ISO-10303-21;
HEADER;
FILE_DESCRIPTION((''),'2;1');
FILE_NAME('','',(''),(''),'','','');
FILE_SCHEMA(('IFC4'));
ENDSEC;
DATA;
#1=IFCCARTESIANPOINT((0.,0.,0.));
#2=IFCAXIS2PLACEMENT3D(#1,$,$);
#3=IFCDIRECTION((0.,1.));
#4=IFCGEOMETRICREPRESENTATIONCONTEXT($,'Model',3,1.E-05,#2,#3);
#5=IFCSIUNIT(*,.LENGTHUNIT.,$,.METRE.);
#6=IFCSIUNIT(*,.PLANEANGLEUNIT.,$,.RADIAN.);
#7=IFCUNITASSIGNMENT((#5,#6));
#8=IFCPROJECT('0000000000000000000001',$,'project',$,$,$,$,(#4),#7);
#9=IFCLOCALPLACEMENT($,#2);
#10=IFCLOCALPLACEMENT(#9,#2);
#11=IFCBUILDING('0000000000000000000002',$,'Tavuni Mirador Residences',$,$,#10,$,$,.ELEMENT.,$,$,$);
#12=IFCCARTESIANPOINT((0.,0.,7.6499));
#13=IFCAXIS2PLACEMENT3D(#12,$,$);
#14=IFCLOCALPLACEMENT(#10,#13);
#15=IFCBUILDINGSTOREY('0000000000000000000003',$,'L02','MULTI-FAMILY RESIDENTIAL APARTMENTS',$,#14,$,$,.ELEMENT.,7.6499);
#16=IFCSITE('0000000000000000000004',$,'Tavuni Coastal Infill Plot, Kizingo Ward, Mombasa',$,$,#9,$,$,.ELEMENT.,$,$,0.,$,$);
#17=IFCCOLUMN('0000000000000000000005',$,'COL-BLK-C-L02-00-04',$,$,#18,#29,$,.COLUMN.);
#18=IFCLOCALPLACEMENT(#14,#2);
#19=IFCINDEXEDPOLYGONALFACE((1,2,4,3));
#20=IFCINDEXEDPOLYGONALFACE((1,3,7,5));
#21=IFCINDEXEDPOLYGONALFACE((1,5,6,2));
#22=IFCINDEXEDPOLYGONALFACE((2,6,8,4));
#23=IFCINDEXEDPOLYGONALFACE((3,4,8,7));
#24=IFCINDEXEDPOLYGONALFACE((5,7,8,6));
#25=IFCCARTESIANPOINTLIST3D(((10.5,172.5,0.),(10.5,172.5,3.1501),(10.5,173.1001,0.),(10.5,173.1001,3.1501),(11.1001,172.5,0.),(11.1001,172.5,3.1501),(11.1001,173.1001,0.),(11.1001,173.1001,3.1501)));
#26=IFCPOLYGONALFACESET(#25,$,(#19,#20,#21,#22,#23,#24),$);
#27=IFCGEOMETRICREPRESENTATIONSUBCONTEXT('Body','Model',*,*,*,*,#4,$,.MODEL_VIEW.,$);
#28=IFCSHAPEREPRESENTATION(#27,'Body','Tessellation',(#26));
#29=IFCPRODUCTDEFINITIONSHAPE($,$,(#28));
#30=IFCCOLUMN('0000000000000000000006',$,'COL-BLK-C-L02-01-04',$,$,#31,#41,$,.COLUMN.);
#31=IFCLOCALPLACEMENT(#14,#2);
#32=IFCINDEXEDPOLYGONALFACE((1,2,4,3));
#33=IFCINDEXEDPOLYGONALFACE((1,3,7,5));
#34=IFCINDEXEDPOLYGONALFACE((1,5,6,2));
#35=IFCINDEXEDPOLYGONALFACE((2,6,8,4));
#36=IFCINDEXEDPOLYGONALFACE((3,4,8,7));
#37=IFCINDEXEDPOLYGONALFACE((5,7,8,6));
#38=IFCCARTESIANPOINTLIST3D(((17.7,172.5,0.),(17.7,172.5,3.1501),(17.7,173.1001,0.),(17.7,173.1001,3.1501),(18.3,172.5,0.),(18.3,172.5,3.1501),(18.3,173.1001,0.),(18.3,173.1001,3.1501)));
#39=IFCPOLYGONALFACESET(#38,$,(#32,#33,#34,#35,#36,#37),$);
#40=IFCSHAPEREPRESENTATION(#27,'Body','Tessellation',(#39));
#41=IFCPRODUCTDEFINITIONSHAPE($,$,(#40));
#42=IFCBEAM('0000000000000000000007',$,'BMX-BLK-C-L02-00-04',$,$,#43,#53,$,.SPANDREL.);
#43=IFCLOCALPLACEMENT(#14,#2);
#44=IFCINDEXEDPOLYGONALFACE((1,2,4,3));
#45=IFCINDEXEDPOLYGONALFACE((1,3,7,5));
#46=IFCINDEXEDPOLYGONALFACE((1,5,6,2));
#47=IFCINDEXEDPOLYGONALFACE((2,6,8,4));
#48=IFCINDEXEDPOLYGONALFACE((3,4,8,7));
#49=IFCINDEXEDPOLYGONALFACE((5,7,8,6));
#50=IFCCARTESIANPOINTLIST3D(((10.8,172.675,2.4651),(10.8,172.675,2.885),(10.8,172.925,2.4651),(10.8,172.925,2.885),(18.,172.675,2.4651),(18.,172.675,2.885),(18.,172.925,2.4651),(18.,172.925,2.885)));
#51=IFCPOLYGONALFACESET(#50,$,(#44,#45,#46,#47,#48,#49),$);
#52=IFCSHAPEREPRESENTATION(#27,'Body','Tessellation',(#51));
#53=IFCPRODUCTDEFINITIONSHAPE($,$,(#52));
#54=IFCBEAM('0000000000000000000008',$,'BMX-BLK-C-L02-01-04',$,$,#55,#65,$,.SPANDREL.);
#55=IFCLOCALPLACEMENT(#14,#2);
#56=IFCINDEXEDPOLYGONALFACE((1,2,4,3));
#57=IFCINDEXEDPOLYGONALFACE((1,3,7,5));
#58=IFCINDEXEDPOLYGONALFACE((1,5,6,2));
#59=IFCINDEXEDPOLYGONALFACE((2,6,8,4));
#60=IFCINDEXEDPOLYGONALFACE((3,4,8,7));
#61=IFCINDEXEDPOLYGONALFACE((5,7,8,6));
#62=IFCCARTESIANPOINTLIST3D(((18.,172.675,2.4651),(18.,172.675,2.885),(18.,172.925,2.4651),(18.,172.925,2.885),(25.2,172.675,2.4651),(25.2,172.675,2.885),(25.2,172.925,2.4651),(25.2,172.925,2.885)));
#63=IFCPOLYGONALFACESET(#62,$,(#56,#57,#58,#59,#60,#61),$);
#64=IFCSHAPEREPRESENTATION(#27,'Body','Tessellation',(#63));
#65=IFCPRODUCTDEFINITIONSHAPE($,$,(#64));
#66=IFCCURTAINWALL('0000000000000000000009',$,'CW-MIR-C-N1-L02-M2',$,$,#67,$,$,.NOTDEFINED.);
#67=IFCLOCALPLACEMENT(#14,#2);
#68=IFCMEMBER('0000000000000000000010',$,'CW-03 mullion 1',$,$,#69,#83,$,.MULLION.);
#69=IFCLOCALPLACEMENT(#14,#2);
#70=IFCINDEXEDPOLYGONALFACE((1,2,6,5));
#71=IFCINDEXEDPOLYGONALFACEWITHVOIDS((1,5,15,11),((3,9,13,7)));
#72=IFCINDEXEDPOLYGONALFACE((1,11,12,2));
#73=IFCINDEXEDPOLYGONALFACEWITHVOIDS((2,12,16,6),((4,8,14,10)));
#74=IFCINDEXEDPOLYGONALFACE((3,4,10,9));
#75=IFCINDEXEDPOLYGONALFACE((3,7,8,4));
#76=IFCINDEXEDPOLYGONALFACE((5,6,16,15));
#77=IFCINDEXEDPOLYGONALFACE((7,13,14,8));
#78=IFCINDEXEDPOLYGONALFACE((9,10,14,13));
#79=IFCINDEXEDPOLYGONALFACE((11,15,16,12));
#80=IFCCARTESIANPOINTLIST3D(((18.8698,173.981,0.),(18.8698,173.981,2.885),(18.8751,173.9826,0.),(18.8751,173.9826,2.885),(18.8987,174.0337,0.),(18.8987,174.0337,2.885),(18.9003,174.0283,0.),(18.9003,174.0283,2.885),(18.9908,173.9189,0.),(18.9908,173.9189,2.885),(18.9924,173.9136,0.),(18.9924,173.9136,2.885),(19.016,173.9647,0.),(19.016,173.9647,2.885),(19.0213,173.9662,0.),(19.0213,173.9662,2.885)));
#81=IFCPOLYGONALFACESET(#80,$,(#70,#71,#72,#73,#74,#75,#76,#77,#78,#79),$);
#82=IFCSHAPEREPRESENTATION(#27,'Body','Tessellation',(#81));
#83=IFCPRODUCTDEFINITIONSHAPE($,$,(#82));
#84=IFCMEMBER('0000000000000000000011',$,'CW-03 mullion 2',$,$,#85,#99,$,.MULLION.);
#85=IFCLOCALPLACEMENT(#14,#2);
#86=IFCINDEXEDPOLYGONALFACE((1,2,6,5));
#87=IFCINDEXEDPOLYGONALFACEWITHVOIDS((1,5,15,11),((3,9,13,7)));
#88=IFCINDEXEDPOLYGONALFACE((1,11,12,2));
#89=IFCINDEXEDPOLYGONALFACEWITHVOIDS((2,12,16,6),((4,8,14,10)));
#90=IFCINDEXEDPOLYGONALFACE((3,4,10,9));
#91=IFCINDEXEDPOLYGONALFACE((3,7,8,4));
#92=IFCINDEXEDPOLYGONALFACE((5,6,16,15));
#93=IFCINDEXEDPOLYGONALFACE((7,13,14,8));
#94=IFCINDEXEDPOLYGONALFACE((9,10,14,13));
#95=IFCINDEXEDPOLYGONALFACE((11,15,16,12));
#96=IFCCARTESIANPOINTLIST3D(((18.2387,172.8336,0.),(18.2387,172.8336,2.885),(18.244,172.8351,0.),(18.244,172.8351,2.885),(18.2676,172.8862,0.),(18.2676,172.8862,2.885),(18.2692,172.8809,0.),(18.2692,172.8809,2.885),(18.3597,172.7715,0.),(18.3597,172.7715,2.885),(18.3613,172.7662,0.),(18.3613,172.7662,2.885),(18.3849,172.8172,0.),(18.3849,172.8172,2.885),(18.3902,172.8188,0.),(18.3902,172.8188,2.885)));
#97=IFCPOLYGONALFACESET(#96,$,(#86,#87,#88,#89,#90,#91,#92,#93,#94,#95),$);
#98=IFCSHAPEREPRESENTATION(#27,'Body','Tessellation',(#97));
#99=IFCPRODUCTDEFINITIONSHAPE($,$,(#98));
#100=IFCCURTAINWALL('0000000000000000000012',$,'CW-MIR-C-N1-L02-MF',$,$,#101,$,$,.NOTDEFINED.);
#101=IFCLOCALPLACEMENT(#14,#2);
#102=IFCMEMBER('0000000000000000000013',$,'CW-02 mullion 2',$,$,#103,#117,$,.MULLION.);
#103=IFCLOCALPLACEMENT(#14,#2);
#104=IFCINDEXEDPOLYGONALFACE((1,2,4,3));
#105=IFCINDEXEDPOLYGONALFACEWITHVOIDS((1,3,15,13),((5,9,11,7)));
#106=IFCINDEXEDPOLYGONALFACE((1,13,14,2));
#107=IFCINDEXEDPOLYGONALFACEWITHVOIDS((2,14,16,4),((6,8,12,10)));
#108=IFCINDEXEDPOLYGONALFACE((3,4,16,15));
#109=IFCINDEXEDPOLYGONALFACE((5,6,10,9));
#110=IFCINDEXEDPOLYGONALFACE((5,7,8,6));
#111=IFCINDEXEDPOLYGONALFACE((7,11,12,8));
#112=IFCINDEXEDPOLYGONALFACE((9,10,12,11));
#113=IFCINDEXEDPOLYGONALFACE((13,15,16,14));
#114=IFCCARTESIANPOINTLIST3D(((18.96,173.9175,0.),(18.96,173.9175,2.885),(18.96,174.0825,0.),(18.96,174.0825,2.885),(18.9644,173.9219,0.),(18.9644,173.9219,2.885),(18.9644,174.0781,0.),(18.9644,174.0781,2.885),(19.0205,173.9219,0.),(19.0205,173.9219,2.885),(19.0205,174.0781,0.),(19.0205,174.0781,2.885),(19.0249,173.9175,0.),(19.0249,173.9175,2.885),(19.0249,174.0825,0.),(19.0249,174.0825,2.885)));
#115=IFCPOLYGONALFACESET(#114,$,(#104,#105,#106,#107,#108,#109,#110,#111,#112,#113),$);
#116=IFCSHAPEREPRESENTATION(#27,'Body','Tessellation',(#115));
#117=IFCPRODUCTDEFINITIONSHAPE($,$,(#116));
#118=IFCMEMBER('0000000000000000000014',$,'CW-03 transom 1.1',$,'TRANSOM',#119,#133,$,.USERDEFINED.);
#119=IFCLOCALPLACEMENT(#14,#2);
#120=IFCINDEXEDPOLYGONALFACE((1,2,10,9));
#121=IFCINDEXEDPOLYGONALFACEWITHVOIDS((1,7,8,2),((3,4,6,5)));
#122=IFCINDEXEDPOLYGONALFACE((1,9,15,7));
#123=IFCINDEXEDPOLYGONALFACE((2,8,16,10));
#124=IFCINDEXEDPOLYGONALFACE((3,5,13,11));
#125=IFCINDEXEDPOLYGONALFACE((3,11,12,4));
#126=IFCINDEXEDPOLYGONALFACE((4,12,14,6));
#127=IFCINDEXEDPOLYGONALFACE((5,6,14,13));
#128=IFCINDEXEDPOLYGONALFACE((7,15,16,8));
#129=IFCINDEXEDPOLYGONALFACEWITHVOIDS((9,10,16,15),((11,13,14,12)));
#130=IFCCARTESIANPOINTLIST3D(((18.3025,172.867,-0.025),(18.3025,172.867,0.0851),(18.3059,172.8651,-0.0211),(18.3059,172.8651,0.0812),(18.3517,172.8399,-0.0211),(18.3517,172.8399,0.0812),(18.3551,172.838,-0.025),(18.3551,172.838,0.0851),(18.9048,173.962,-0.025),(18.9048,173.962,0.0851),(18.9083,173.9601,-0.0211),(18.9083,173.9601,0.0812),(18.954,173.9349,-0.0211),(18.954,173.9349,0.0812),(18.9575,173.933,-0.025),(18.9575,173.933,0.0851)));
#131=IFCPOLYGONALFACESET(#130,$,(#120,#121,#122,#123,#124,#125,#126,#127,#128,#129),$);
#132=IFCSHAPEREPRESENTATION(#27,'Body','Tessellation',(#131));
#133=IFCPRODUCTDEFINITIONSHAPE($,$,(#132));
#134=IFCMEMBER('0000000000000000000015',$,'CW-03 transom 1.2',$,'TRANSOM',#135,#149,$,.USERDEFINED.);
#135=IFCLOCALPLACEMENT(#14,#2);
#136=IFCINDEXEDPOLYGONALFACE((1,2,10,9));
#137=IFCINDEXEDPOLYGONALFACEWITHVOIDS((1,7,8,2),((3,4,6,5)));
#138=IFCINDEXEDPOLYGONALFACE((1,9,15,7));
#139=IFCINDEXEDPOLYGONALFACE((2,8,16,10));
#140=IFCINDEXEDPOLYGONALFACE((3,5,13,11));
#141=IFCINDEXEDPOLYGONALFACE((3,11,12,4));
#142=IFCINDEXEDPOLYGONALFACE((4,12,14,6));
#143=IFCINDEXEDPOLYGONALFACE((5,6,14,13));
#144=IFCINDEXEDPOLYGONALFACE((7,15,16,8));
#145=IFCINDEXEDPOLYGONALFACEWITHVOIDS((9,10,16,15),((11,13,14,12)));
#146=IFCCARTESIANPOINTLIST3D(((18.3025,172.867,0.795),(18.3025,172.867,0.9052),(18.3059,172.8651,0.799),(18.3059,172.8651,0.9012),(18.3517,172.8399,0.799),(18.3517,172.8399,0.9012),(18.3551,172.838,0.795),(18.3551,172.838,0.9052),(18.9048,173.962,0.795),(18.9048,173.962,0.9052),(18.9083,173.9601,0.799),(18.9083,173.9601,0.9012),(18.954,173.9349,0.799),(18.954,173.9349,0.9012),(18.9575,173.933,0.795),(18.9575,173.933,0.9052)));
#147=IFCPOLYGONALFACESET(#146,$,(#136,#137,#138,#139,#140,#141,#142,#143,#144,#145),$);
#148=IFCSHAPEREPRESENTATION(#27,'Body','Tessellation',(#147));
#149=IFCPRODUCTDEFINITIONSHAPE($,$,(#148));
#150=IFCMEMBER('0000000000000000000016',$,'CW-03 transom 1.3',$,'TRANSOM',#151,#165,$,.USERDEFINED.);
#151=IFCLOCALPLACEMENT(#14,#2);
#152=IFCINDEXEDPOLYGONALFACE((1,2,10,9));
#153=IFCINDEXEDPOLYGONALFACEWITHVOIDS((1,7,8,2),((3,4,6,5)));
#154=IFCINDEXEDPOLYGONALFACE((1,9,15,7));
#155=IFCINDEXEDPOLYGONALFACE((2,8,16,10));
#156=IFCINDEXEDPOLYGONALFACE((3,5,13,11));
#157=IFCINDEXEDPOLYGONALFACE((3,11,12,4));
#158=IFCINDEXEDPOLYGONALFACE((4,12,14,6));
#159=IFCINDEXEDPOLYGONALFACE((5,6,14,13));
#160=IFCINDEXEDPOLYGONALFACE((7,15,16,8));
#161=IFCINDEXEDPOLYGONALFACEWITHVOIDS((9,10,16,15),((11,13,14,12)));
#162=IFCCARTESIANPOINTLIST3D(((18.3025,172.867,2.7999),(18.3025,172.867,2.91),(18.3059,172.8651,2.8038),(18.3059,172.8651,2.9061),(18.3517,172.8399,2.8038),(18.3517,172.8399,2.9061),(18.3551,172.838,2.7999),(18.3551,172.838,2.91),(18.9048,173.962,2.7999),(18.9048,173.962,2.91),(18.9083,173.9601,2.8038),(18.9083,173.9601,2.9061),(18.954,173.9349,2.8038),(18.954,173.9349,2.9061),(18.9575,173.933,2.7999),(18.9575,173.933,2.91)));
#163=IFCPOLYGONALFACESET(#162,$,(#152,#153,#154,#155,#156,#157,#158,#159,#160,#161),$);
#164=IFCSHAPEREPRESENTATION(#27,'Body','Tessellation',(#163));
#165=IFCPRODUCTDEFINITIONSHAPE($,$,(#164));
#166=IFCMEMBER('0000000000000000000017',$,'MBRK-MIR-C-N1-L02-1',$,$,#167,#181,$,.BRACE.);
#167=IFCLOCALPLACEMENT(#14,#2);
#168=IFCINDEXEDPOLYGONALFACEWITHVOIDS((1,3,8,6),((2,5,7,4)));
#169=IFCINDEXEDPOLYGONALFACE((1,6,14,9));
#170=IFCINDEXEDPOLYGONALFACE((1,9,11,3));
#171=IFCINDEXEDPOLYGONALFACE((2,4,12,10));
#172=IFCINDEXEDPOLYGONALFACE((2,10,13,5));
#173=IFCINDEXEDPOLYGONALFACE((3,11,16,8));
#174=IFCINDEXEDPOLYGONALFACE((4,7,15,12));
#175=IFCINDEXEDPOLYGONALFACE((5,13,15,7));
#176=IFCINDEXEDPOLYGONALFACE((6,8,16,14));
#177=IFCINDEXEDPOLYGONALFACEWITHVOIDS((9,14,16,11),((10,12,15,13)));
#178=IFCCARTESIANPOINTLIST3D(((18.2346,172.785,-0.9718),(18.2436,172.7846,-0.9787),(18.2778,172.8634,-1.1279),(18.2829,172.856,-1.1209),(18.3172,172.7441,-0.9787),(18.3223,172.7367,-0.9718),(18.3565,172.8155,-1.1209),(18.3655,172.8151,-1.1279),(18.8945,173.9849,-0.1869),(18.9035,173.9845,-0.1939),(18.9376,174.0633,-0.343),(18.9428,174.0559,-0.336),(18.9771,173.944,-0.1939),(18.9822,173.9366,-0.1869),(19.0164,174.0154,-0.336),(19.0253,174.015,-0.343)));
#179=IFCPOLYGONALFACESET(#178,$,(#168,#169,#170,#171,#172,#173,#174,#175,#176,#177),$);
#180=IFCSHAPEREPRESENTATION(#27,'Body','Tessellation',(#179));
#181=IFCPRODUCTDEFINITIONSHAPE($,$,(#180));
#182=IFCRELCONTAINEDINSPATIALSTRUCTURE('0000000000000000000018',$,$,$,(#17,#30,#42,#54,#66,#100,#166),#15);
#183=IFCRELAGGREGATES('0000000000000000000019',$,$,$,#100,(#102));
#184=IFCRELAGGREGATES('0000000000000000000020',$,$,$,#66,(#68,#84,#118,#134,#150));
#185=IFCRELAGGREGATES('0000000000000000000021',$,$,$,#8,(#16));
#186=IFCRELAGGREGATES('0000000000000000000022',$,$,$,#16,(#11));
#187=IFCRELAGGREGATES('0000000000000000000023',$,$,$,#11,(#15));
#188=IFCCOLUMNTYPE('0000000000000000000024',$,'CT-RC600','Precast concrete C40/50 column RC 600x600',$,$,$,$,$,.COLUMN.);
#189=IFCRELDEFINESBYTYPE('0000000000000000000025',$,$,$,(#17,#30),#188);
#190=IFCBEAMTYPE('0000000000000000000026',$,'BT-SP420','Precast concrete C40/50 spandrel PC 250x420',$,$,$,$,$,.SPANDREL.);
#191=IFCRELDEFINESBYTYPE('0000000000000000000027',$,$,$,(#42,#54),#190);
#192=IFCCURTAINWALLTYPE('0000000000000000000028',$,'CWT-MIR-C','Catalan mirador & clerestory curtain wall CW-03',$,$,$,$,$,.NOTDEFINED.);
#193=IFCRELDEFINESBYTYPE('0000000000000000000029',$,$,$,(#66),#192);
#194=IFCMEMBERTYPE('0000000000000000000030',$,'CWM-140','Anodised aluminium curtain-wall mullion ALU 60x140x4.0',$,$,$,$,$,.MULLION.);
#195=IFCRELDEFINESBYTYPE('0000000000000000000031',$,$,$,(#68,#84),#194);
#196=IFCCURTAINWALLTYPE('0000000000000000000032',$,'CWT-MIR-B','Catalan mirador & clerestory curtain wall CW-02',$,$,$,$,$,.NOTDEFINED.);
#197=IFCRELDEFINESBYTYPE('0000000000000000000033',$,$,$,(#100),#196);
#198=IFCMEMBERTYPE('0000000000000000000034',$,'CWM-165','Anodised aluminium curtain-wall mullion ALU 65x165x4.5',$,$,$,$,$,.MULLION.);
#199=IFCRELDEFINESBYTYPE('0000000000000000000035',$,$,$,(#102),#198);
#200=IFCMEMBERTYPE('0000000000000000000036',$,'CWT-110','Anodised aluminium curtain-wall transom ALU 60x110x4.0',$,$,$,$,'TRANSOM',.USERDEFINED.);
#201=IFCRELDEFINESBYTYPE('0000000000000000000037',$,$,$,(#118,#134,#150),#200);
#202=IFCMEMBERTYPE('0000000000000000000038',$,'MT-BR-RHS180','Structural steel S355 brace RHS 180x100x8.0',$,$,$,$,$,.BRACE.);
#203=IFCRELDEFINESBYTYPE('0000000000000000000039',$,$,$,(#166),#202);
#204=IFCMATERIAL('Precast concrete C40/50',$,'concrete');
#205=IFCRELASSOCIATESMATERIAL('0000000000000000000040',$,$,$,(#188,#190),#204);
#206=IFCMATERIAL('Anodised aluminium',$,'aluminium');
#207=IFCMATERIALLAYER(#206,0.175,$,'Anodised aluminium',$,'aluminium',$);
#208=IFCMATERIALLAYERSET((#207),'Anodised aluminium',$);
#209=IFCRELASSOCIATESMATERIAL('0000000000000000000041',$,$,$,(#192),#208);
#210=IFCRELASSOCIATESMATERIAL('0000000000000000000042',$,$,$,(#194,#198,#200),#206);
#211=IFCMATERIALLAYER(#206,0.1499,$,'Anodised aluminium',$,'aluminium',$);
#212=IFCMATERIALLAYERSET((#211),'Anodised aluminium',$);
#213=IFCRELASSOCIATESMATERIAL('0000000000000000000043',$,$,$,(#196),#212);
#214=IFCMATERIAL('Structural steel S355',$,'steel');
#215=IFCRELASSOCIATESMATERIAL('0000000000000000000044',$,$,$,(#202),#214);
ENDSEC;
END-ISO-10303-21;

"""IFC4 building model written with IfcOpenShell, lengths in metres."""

from ifc_helpers import new_model, si_unit, direction, frame, origin, origin_2d, place, context, subcontext, project, spatial, rectangle, hollow_rectangle, extrude, material, layer, layer_set, material_profile, profile_set, type_object, element, aggregate, save


model = new_model("IFC4")

# Units and contexts
model_context = context("Model", 3, precision=1e-05, world=origin(), true_north=direction((0.0, 1.0)))
body_context = subcontext(model_context, "Body", "Model", "MODEL_VIEW")
ifc_project = project(units=[si_unit("LENGTHUNIT", "METRE"), si_unit("PLANEANGLEUNIT", "RADIAN")], contexts=[model_context])

# Site, building, storey
site_placement = place(None, origin())
site = spatial("IfcSite", under=ifc_project, at=site_placement, Name="Tavuni Coastal Infill Plot, Kizingo Ward, Mombasa", CompositionType="ELEMENT", RefElevation=0.0)
building_placement = place(site_placement, origin())
building = spatial("IfcBuilding", under=site, at=building_placement, Name="Tavuni Mirador Residences", CompositionType="ELEMENT")
storey_placement = place(building_placement, frame((0.0, 0.0, 7.6499)))
storey = spatial("IfcBuildingStorey", under=building, at=storey_placement, Name="L02", Description="MULTI-FAMILY RESIDENTIAL APARTMENTS", CompositionType="ELEMENT", Elevation=7.6499)

# Columns
ifc_material_1 = material(Name="Precast concrete C40/50", Category="concrete")
ifc_material_profile_1 = material_profile(ifc_material_1, rectangle(XDim=0.6001, YDim=0.6001, at=origin_2d()), Name="RC 600x600", Category="concrete")
ifc_profile_set_1 = profile_set([ifc_material_profile_1], Name="Precast concrete C40/50")
column_type = type_object("IfcColumnType", Name="CT-RC600", Description="Precast concrete C40/50 column RC 600x600", PredefinedType="COLUMN", material=ifc_profile_set_1)
for number, where, z_axis, x_axis, name in (
    (1, (10.8, 172.8, 0.0), (0.0, 0.0, 1.0), (1.0, 0.0, 0.0), "COL-BLK-C-L02-00-04"),
    (2, (18.0, 172.8, 0.0), (0.0, 0.0, 1.0), (1.0, 0.0, 0.0), "COL-BLK-C-L02-01-04"),
):
    element("IfcColumn", number, at=place(storey_placement, frame(where, z_axis=z_axis, x_axis=x_axis)), inside=storey, type_object=column_type, Name=name, PredefinedType="COLUMN", context=body_context, shape_type="SweptSolid", body=[
        extrude(rectangle(XDim=0.6001, YDim=0.6001, at=origin_2d()), origin(), (0.0, 0.0, 1.0), 3.1501),
    ])

# Beams
ifc_material_profile_2 = material_profile(ifc_material_1, rectangle(XDim=0.25, YDim=0.4199, at=origin_2d()), Name="PC 250x420", Category="concrete")
ifc_profile_set_2 = profile_set([ifc_material_profile_2], Name="Precast concrete C40/50")
beam_type = type_object("IfcBeamType", Name="BT-SP420", Description="Precast concrete C40/50 spandrel PC 250x420", PredefinedType="SPANDREL", material=ifc_profile_set_2)
for number, where, z_axis, x_axis, name in (
    (3, (10.8, 172.8, 2.675), (1.0, 0.0, 0.0), (0.0, 1.0, 0.0), "BMX-BLK-C-L02-00-04"),
    (4, (18.0, 172.8, 2.675), (1.0, 0.0, 0.0), (0.0, 1.0, 0.0), "BMX-BLK-C-L02-01-04"),
):
    element("IfcBeam", number, at=place(storey_placement, frame(where, z_axis=z_axis, x_axis=x_axis)), inside=storey, type_object=beam_type, Name=name, PredefinedType="SPANDREL", context=body_context, shape_type="SweptSolid", body=[
        extrude(rectangle(XDim=0.25, YDim=0.4199, at=origin_2d()), origin(), (0.0, 0.0, 1.0), 7.2),
    ])

# Curtain wall, members
ifc_material_2 = material(Name="Anodised aluminium", Category="aluminium")
ifc_layer_1 = layer(ifc_material_2, 0.175, Name="Anodised aluminium", Category="aluminium")
ifc_layer_set_1 = layer_set([ifc_layer_1], Name="Anodised aluminium")
curtain_wall_type_1 = type_object("IfcCurtainWallType", Name="CWT-MIR-C", Description="Catalan mirador & clerestory curtain wall CW-03", PredefinedType="NOTDEFINED", material=ifc_layer_set_1)
curtain_wall_1_placement = place(storey_placement, origin())
curtain_wall_1 = element("IfcCurtainWall", 5, at=curtain_wall_1_placement, inside=storey, type_object=curtain_wall_type_1, Name="CW-MIR-C-N1-L02-M2", PredefinedType="NOTDEFINED")
ifc_material_profile_3 = material_profile(ifc_material_2, hollow_rectangle(XDim=0.0601, YDim=0.1399, WallThickness=0.0039, at=origin_2d()), Name="ALU 60x140x4.0", Category="aluminium")
ifc_profile_set_3 = profile_set([ifc_material_profile_3], Name="Anodised aluminium")
member_type_1 = type_object("IfcMemberType", Name="CWM-140", Description="Anodised aluminium curtain-wall mullion ALU 60x140x4.0", PredefinedType="MULLION", material=ifc_profile_set_3)
member_1_placement = place(storey_placement, frame((18.9456, 173.9736, 0.0), z_axis=(0.0, 0.0, 1.0), x_axis=(-0.481919, -0.876216, 0.0)))
member_1 = element("IfcMember", 6, at=member_1_placement, type_object=member_type_1, Name="CW-03 mullion 1", PredefinedType="MULLION", context=body_context, shape_type="SweptSolid", body=[
    extrude(hollow_rectangle(XDim=0.0601, YDim=0.1399, WallThickness=0.0039, at=origin_2d()), origin(), (0.0, 0.0, 1.0), 2.885),
])
member_2_placement = place(storey_placement, frame((18.3145, 172.8262, 0.0), z_axis=(0.0, 0.0, 1.0), x_axis=(-0.481919, -0.876216, 0.0)))
member_2 = element("IfcMember", 7, at=member_2_placement, type_object=member_type_1, Name="CW-03 mullion 2", PredefinedType="MULLION", context=body_context, shape_type="SweptSolid", body=[
    extrude(hollow_rectangle(XDim=0.0601, YDim=0.1399, WallThickness=0.0039, at=origin_2d()), origin(), (0.0, 0.0, 1.0), 2.885),
])

# Curtain wall, member
ifc_layer_2 = layer(ifc_material_2, 0.1499, Name="Anodised aluminium", Category="aluminium")
ifc_layer_set_2 = layer_set([ifc_layer_2], Name="Anodised aluminium")
curtain_wall_type_2 = type_object("IfcCurtainWallType", Name="CWT-MIR-B", Description="Catalan mirador & clerestory curtain wall CW-02", PredefinedType="NOTDEFINED", material=ifc_layer_set_2)
curtain_wall_2_placement = place(storey_placement, origin())
curtain_wall_2 = element("IfcCurtainWall", 8, at=curtain_wall_2_placement, inside=storey, type_object=curtain_wall_type_2, Name="CW-MIR-C-N1-L02-MF", PredefinedType="NOTDEFINED")
ifc_material_profile_4 = material_profile(ifc_material_2, hollow_rectangle(XDim=0.0649, YDim=0.165, WallThickness=0.0044, at=origin_2d()), Name="ALU 65x165x4.5", Category="aluminium")
ifc_profile_set_4 = profile_set([ifc_material_profile_4], Name="Anodised aluminium")
member_type_2 = type_object("IfcMemberType", Name="CWM-165", Description="Anodised aluminium curtain-wall mullion ALU 65x165x4.5", PredefinedType="MULLION", material=ifc_profile_set_4)
member_3_placement = place(storey_placement, frame((18.9924, 174.0, 0.0), z_axis=(0.0, 0.0, 1.0), x_axis=(-1.0, 0.0, 0.0)))
member_3 = element("IfcMember", 9, at=member_3_placement, type_object=member_type_2, Name="CW-02 mullion 2", PredefinedType="MULLION", context=body_context, shape_type="SweptSolid", body=[
    extrude(hollow_rectangle(XDim=0.0649, YDim=0.165, WallThickness=0.0044, at=origin_2d()), origin(), (0.0, 0.0, 1.0), 2.885),
])
aggregate(curtain_wall_2, [member_3])

# Members
ifc_material_profile_5 = material_profile(ifc_material_2, hollow_rectangle(XDim=0.0601, YDim=0.1101, WallThickness=0.0039, at=origin_2d()), Name="ALU 60x110x4.0", Category="aluminium")
ifc_profile_set_5 = profile_set([ifc_material_profile_5], Name="Anodised aluminium")
member_type_3 = type_object("IfcMemberType", Name="CWT-110", Description="Anodised aluminium curtain-wall transom ALU 60x110x4.0", ElementType="TRANSOM", PredefinedType="USERDEFINED", material=ifc_profile_set_5)
member_4_placement = place(storey_placement, frame((18.9312, 173.9475, 0.03), z_axis=(-0.481956, -0.876195, 0.0), x_axis=(0.876195, -0.481956, 0.0)))
member_4 = element("IfcMember", 10, at=member_4_placement, type_object=member_type_3, Name="CW-03 transom 1.1", ObjectType="TRANSOM", PredefinedType="USERDEFINED", context=body_context, shape_type="SweptSolid", body=[
    extrude(hollow_rectangle(XDim=0.0601, YDim=0.1101, WallThickness=0.0039, at=origin_2d()), origin(), (0.0, 0.0, 1.0), 1.2498),
])
member_5_placement = place(storey_placement, frame((18.9312, 173.9475, 0.8501), z_axis=(-0.481956, -0.876195, 0.0), x_axis=(0.876195, -0.481956, 0.0)))
member_5 = element("IfcMember", 11, at=member_5_placement, type_object=member_type_3, Name="CW-03 transom 1.2", ObjectType="TRANSOM", PredefinedType="USERDEFINED", context=body_context, shape_type="SweptSolid", body=[
    extrude(hollow_rectangle(XDim=0.0601, YDim=0.1101, WallThickness=0.0039, at=origin_2d()), origin(), (0.0, 0.0, 1.0), 1.2498),
])
member_6_placement = place(storey_placement, frame((18.9312, 173.9475, 2.855), z_axis=(-0.481956, -0.876195, 0.0), x_axis=(0.876195, -0.481956, 0.0)))
member_6 = element("IfcMember", 12, at=member_6_placement, type_object=member_type_3, Name="CW-03 transom 1.3", ObjectType="TRANSOM", PredefinedType="USERDEFINED", context=body_context, shape_type="SweptSolid", body=[
    extrude(hollow_rectangle(XDim=0.0601, YDim=0.1101, WallThickness=0.0039, at=origin_2d()), origin(), (0.0, 0.0, 1.0), 1.2498),
])

# Member
ifc_material_3 = material(Name="Structural steel S355", Category="steel")
ifc_material_profile_6 = material_profile(ifc_material_3, hollow_rectangle(XDim=0.1001, YDim=0.1799, WallThickness=0.0081, at=origin_2d()), Name="RHS 180x100x8.0", Category="steel")
ifc_profile_set_6 = profile_set([ifc_material_profile_6], Name="Structural steel S355")
member_type_4 = type_object("IfcMemberType", Name="MT-BR-RHS180", Description="Structural steel S355 brace RHS 180x100x8.0", PredefinedType="BRACE", material=ifc_profile_set_6)
member_7_placement = place(storey_placement, frame((18.3, 172.8, -1.0498), z_axis=(0.41808, 0.760216, 0.497273), x_axis=(-0.876235, 0.481885, 0.0)))
element("IfcMember", 13, at=member_7_placement, inside=storey, type_object=member_type_4, Name="MBRK-MIR-C-N1-L02-1", PredefinedType="BRACE", context=body_context, shape_type="SweptSolid", body=[
    extrude(hollow_rectangle(XDim=0.1001, YDim=0.1799, WallThickness=0.0081, at=origin_2d()), origin(), (0.0, 0.0, 1.0), 1.5784),
])

aggregate(curtain_wall_1, [member_1, member_2, member_4, member_5, member_6])

save(model, "model.ifc")
